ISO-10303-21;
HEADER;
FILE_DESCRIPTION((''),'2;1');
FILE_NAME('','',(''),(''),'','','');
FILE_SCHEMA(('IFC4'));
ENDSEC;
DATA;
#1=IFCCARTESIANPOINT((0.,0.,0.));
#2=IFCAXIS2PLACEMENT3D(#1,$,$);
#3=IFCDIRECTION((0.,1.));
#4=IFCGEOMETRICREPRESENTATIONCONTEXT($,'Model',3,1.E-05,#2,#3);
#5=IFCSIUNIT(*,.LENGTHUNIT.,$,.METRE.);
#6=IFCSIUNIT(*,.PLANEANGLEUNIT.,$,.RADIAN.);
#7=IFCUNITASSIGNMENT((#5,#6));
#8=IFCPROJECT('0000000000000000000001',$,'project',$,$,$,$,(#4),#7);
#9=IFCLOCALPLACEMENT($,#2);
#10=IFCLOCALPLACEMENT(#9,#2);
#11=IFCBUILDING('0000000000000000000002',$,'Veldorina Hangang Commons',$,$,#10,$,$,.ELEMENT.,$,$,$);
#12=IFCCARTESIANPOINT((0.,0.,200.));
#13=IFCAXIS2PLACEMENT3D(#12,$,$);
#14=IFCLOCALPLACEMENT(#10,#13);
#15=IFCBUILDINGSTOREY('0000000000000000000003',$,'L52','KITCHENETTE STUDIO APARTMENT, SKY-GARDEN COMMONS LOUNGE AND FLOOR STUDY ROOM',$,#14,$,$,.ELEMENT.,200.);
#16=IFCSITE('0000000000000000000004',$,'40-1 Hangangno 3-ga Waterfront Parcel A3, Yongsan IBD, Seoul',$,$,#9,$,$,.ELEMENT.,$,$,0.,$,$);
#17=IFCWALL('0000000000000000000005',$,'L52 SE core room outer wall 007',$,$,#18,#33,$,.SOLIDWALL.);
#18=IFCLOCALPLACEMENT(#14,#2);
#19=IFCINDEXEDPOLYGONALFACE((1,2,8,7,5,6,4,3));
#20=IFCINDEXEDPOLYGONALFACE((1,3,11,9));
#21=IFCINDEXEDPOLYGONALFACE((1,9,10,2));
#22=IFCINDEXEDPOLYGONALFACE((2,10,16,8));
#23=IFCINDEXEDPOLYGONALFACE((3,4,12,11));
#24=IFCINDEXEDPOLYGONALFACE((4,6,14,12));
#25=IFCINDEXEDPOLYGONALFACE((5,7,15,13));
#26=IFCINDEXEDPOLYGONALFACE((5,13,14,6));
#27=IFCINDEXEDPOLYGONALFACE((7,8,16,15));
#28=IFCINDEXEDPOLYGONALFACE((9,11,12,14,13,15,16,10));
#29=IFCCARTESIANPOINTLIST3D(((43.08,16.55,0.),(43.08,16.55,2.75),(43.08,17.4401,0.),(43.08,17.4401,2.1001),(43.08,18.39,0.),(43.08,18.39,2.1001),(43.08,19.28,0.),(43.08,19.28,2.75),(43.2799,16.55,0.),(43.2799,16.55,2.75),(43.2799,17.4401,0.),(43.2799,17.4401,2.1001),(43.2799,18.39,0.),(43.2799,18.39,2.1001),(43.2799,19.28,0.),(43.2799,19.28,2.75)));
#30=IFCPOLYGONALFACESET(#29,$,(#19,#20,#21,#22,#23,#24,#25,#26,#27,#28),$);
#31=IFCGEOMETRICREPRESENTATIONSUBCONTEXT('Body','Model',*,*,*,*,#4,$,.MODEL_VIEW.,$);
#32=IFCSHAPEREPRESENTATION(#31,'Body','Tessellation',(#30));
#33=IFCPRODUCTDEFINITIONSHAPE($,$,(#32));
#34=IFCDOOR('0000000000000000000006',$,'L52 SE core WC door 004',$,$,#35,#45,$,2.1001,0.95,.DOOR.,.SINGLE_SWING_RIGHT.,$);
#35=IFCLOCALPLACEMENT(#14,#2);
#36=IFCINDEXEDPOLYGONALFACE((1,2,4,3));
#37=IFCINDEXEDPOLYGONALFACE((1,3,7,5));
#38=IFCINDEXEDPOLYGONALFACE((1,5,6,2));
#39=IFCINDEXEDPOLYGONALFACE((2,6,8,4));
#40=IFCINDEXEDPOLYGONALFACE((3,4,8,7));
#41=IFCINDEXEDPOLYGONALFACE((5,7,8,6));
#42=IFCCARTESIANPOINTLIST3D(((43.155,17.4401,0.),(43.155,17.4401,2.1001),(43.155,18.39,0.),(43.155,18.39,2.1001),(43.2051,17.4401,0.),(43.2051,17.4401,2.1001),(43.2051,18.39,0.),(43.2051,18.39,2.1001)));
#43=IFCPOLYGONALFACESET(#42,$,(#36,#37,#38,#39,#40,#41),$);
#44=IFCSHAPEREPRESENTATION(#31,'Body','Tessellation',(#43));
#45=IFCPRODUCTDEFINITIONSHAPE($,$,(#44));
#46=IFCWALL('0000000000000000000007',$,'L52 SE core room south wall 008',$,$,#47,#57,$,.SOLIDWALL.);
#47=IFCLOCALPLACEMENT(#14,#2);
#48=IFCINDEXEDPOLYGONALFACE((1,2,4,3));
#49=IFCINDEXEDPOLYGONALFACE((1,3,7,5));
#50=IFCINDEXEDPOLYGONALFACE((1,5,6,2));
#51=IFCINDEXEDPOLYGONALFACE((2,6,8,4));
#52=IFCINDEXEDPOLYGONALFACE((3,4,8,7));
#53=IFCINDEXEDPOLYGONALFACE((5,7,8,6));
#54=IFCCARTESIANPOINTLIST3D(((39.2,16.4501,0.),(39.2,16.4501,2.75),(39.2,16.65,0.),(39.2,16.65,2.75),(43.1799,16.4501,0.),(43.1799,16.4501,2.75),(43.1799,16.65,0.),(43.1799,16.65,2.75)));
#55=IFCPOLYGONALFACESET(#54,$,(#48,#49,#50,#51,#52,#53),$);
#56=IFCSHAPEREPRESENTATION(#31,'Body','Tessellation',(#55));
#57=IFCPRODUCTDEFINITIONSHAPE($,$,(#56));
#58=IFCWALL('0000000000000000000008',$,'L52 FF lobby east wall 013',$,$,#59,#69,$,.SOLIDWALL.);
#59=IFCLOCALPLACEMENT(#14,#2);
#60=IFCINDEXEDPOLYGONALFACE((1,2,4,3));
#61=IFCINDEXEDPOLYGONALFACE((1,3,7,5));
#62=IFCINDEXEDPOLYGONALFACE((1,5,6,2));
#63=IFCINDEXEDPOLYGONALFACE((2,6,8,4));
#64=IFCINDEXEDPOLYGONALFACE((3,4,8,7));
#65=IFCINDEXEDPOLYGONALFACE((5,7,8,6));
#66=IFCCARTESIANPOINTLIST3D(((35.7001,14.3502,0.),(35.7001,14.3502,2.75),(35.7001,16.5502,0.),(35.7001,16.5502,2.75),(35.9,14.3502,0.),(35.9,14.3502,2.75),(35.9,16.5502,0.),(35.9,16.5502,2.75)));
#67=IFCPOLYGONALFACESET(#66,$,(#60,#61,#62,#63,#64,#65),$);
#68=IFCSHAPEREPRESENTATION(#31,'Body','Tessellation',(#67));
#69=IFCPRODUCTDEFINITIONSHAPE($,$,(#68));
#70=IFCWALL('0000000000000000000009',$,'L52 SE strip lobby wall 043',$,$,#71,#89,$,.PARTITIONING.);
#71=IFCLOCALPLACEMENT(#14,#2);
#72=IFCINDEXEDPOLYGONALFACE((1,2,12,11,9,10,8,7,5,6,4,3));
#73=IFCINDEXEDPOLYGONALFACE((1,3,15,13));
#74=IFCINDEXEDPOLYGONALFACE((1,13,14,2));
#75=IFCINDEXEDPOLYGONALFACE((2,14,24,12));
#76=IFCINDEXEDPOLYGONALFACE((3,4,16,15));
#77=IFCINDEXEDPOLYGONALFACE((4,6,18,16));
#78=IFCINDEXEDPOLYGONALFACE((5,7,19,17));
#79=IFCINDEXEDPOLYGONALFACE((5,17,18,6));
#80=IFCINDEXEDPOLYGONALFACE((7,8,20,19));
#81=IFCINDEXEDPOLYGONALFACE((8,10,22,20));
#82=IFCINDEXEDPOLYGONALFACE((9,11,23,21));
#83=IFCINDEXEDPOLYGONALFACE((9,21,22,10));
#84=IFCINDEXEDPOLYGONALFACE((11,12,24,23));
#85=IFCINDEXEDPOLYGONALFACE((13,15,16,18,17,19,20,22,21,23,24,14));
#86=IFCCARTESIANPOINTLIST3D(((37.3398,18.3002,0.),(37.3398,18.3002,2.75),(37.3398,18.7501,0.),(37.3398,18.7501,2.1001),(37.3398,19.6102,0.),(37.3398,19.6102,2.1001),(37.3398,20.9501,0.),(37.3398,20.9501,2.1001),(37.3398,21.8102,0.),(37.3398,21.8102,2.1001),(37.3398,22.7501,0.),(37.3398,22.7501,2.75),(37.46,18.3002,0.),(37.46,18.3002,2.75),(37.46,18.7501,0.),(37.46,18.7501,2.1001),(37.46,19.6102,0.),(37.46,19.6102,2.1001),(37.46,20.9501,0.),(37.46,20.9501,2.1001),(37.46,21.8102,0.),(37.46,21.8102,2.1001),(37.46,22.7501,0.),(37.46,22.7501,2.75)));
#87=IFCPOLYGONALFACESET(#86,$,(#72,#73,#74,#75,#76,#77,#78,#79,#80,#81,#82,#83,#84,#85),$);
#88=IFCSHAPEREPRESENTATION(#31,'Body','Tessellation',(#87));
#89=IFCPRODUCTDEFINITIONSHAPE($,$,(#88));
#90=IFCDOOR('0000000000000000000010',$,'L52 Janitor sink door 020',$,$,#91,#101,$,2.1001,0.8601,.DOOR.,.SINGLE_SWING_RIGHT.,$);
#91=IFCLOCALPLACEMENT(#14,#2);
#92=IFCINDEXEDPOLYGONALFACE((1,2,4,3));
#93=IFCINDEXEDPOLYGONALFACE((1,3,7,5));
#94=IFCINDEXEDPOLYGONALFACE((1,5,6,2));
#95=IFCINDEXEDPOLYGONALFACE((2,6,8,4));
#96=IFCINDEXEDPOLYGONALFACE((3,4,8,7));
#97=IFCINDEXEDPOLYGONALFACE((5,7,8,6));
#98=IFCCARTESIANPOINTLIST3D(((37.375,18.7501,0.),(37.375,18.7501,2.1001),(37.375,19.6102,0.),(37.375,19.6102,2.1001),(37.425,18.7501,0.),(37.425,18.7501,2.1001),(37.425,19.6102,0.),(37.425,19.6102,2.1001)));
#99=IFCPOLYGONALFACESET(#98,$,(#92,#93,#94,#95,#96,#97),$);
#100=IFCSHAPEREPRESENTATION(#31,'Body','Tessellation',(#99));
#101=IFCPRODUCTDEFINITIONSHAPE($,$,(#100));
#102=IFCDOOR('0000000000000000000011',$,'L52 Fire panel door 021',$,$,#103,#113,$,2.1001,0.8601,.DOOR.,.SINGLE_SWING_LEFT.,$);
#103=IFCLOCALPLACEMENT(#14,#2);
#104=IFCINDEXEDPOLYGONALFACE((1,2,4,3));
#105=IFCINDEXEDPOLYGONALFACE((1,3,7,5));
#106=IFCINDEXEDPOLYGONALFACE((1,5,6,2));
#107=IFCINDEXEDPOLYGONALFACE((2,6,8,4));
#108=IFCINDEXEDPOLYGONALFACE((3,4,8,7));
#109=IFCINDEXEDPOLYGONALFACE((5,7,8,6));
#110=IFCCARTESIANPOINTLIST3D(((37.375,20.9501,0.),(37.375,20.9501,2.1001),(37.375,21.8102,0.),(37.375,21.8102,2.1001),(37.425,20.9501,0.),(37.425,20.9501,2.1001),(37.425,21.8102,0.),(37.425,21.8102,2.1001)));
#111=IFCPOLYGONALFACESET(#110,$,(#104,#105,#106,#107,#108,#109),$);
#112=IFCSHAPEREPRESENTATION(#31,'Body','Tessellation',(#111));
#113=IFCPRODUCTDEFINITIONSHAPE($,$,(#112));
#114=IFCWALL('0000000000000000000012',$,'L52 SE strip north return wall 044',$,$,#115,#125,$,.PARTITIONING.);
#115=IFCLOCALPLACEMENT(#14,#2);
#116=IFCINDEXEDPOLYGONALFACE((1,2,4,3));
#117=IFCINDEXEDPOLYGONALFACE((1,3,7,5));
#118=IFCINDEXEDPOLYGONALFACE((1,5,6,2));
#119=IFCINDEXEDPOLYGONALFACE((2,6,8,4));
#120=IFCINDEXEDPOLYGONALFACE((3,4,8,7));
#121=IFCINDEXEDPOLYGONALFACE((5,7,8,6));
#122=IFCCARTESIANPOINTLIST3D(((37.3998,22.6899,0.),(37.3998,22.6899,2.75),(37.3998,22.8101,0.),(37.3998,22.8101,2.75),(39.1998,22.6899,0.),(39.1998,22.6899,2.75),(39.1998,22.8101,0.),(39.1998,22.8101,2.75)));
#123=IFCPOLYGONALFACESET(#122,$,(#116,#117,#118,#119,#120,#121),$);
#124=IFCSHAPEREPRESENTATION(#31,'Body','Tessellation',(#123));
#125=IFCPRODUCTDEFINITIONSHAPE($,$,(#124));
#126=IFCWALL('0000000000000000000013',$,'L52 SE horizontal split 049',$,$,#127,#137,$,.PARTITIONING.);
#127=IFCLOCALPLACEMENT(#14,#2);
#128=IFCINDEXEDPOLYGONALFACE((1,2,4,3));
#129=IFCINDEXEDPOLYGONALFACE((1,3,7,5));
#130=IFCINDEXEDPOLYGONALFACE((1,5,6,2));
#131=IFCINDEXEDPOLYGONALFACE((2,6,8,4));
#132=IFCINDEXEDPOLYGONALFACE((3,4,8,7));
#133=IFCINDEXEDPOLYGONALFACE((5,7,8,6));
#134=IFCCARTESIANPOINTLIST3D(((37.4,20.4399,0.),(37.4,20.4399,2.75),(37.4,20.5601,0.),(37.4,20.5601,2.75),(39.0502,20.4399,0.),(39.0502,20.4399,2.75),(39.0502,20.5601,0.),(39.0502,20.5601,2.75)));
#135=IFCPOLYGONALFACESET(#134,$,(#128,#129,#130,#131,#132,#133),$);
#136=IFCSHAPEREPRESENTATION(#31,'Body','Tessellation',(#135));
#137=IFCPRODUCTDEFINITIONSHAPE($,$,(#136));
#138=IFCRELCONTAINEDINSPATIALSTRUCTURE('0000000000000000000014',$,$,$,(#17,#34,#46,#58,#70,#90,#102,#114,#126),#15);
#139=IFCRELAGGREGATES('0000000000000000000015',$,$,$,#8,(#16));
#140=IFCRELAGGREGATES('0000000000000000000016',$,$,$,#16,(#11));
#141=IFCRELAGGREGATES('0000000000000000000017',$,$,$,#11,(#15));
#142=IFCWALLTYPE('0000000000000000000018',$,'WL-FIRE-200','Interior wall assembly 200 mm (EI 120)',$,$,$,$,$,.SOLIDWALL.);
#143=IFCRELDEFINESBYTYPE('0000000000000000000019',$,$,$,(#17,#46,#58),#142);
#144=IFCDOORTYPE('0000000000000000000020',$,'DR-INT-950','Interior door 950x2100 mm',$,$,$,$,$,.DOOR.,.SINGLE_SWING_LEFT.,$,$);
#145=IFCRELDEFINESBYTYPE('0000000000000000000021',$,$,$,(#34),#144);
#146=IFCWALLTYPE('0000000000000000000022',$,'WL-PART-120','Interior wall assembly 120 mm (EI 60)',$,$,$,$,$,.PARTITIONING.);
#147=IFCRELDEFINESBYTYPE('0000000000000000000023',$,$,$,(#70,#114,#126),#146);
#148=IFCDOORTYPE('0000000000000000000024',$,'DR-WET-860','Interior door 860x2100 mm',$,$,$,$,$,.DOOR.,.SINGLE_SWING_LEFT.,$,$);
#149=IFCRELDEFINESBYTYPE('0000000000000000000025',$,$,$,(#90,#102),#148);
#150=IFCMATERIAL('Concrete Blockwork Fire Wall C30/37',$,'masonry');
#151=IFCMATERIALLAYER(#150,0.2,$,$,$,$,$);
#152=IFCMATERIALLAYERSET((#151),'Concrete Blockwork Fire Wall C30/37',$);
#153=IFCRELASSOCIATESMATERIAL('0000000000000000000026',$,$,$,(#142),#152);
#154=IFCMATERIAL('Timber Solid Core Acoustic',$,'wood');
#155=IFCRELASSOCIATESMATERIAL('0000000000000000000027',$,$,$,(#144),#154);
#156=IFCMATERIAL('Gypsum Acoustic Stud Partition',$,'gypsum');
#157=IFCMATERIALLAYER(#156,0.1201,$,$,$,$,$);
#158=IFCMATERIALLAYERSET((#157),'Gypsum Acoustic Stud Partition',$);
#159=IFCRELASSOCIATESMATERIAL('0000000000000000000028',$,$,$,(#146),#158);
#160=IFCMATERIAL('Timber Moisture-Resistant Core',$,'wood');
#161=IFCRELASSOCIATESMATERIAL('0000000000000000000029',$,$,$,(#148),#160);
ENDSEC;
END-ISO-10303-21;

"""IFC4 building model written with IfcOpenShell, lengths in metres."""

from ifc_helpers import new_model, si_unit, direction, frame, frame_2d, origin, place, context, subcontext, project, spatial, rectangle, extrude, material, layer, layer_set, type_object, element, fill, save


model = new_model("IFC4")

# Units and contexts
model_context = context("Model", 3, precision=1e-05, world=origin(), true_north=direction((0.0, 1.0)))
body_context = subcontext(model_context, "Body", "Model", "MODEL_VIEW")
ifc_project = project(units=[si_unit("LENGTHUNIT", "METRE"), si_unit("PLANEANGLEUNIT", "RADIAN")], contexts=[model_context])

# Site, building, storey
site_placement = place(None, origin())
site = spatial("IfcSite", under=ifc_project, at=site_placement, Name="40-1 Hangangno 3-ga Waterfront Parcel A3, Yongsan IBD, Seoul", CompositionType="ELEMENT", RefElevation=0.0)
building_placement = place(site_placement, origin())
building = spatial("IfcBuilding", under=site, at=building_placement, Name="Veldorina Hangang Commons", CompositionType="ELEMENT")
storey_placement = place(building_placement, frame((0.0, 0.0, 200.0)))
storey = spatial("IfcBuildingStorey", under=building, at=storey_placement, Name="L52", Description="KITCHENETTE STUDIO APARTMENT, SKY-GARDEN COMMONS LOUNGE AND FLOOR STUDY ROOM", CompositionType="ELEMENT", Elevation=200.0)

# Wall, opening, door
ifc_material_1 = material(Name="Concrete Blockwork Fire Wall C30/37", Category="masonry")
ifc_layer_1 = layer(ifc_material_1, 0.2)
ifc_layer_set_1 = layer_set([ifc_layer_1], Name="Concrete Blockwork Fire Wall C30/37")
wall_type_1 = type_object("IfcWallType", Name="WL-FIRE-200", Description="Interior wall assembly 200 mm (EI 120)", PredefinedType="SOLIDWALL", material=ifc_layer_set_1)
wall_1_placement = place(storey_placement, frame((43.1799, 16.55, 0.0), z_axis=(0.0, 0.0, 1.0), x_axis=(0.0, 1.0, 0.0)))
wall_1 = element("IfcWall", 1, at=wall_1_placement, inside=storey, type_object=wall_type_1, Name="L52 SE core room outer wall 007", PredefinedType="SOLIDWALL", context=body_context, shape_type="SweptSolid", body=[
    extrude(rectangle(XDim=2.73, YDim=0.2, at=frame_2d((1.365, 0.0))), origin(), (0.0, 0.0, 1.0), 2.75),
])
opening_1_placement = place(wall_1_placement, frame((0.8899, 0.0, 0.0)))
opening_1 = element("IfcOpeningElement", 2, at=opening_1_placement, cuts=wall_1, PredefinedType="OPENING", context=body_context, shape_type="SweptSolid", body=[
    extrude(rectangle(XDim=0.95, YDim=2.1001, at=frame_2d((0.4751, 1.05))), frame((0.0, 0.1099, 0.0), z_axis=(0.0, -1.0, 0.0), x_axis=(1.0, 0.0, 0.0)), (0.0, 0.0, 1.0), 0.22),
])
ifc_material_2 = material(Name="Timber Solid Core Acoustic", Category="wood")
door_type_1 = type_object("IfcDoorType", Name="DR-INT-950", Description="Interior door 950x2100 mm", OperationType="SINGLE_SWING_LEFT", PredefinedType="DOOR", material=ifc_material_2)
door_1_placement = place(opening_1_placement, origin())
door_1 = element("IfcDoor", 3, at=door_1_placement, inside=storey, type_object=door_type_1, Name="L52 SE core WC door 004", OperationType="SINGLE_SWING_RIGHT", OverallHeight=2.1001, OverallWidth=0.95, PredefinedType="DOOR", context=body_context, shape_type="SweptSolid", body=[
    extrude(rectangle(XDim=0.95, YDim=2.1001, at=frame_2d((0.4751, 1.05))), frame((0.0, 0.0249, 0.0), z_axis=(0.0, -1.0, 0.0), x_axis=(1.0, 0.0, 0.0)), (0.0, 0.0, 1.0), 0.05),
])
fill(opening_1, door_1)

# Walls
wall_2_placement = place(storey_placement, frame((39.2, 16.55, 0.0), z_axis=(0.0, 0.0, 1.0), x_axis=(1.0, 0.0, 0.0)))
element("IfcWall", 4, at=wall_2_placement, inside=storey, type_object=wall_type_1, Name="L52 SE core room south wall 008", PredefinedType="SOLIDWALL", context=body_context, shape_type="SweptSolid", body=[
    extrude(rectangle(XDim=3.98, YDim=0.2, at=frame_2d((1.99, 0.0))), origin(), (0.0, 0.0, 1.0), 2.75),
])
wall_3_placement = place(storey_placement, frame((35.8, 14.3501, 0.0), z_axis=(0.0, 0.0, 1.0), x_axis=(0.0, 1.0, 0.0)))
element("IfcWall", 5, at=wall_3_placement, inside=storey, type_object=wall_type_1, Name="L52 FF lobby east wall 013", PredefinedType="SOLIDWALL", context=body_context, shape_type="SweptSolid", body=[
    extrude(rectangle(XDim=2.2, YDim=0.2, at=frame_2d((1.1001, 0.0))), origin(), (0.0, 0.0, 1.0), 2.75),
])

# Wall, openings, doors
ifc_material_3 = material(Name="Gypsum Acoustic Stud Partition", Category="gypsum")
ifc_layer_2 = layer(ifc_material_3, 0.1201)
ifc_layer_set_2 = layer_set([ifc_layer_2], Name="Gypsum Acoustic Stud Partition")
wall_type_2 = type_object("IfcWallType", Name="WL-PART-120", Description="Interior wall assembly 120 mm (EI 60)", PredefinedType="PARTITIONING", material=ifc_layer_set_2)
wall_4_placement = place(storey_placement, frame((37.3999, 18.3, 0.0), z_axis=(0.0, 0.0, 1.0), x_axis=(0.0, 1.0, 0.0)))
wall_4 = element("IfcWall", 6, at=wall_4_placement, inside=storey, type_object=wall_type_2, Name="L52 SE strip lobby wall 043", PredefinedType="PARTITIONING", context=body_context, shape_type="SweptSolid", body=[
    extrude(rectangle(XDim=4.45, YDim=0.1201, at=frame_2d((2.2251, 0.0))), origin(), (0.0, 0.0, 1.0), 2.75),
])
opening_2_placement = place(wall_4_placement, frame((0.45, 0.0, 0.0)))
opening_2 = element("IfcOpeningElement", 7, at=opening_2_placement, cuts=wall_4, PredefinedType="OPENING", context=body_context, shape_type="SweptSolid", body=[
    extrude(rectangle(XDim=0.8601, YDim=2.1001, at=frame_2d((0.4302, 1.05))), frame((0.0, 0.0701, 0.0), z_axis=(0.0, -1.0, 0.0), x_axis=(1.0, 0.0, 0.0)), (0.0, 0.0, 1.0), 0.1401),
])
opening_3_placement = place(wall_4_placement, frame((2.6499, 0.0, 0.0)))
opening_3 = element("IfcOpeningElement", 8, at=opening_3_placement, cuts=wall_4, PredefinedType="OPENING", context=body_context, shape_type="SweptSolid", body=[
    extrude(rectangle(XDim=0.8601, YDim=2.1001, at=frame_2d((0.4302, 1.05))), frame((0.0, 0.0701, 0.0), z_axis=(0.0, -1.0, 0.0), x_axis=(1.0, 0.0, 0.0)), (0.0, 0.0, 1.0), 0.1401),
])
ifc_material_4 = material(Name="Timber Moisture-Resistant Core", Category="wood")
door_type_2 = type_object("IfcDoorType", Name="DR-WET-860", Description="Interior door 860x2100 mm", OperationType="SINGLE_SWING_LEFT", PredefinedType="DOOR", material=ifc_material_4)
door_2_placement = place(opening_2_placement, origin())
door_2 = element("IfcDoor", 9, at=door_2_placement, inside=storey, type_object=door_type_2, Name="L52 Janitor sink door 020", OperationType="SINGLE_SWING_RIGHT", OverallHeight=2.1001, OverallWidth=0.8601, PredefinedType="DOOR", context=body_context, shape_type="SweptSolid", body=[
    extrude(rectangle(XDim=0.8601, YDim=2.1001, at=frame_2d((0.4302, 1.05))), frame((0.0, 0.0249, 0.0), z_axis=(0.0, -1.0, 0.0), x_axis=(1.0, 0.0, 0.0)), (0.0, 0.0, 1.0), 0.05),
])
fill(opening_2, door_2)
door_3_placement = place(opening_3_placement, origin())
door_3 = element("IfcDoor", 10, at=door_3_placement, inside=storey, type_object=door_type_2, Name="L52 Fire panel door 021", OperationType="SINGLE_SWING_LEFT", OverallHeight=2.1001, OverallWidth=0.8601, PredefinedType="DOOR", context=body_context, shape_type="SweptSolid", body=[
    extrude(rectangle(XDim=0.8601, YDim=2.1001, at=frame_2d((0.4302, 1.05))), frame((0.0, 0.0249, 0.0), z_axis=(0.0, -1.0, 0.0), x_axis=(1.0, 0.0, 0.0)), (0.0, 0.0, 1.0), 0.05),
])
fill(opening_3, door_3)

# Walls
wall_5_placement = place(storey_placement, frame((37.3999, 22.75, 0.0), z_axis=(0.0, 0.0, 1.0), x_axis=(1.0, 0.0, 0.0)))
element("IfcWall", 11, at=wall_5_placement, inside=storey, type_object=wall_type_2, Name="L52 SE strip north return wall 044", PredefinedType="PARTITIONING", context=body_context, shape_type="SweptSolid", body=[
    extrude(rectangle(XDim=1.8, YDim=0.1201, at=frame_2d((0.8999, 0.0))), origin(), (0.0, 0.0, 1.0), 2.75),
])
wall_6_placement = place(storey_placement, frame((37.3999, 20.5, 0.0), z_axis=(0.0, 0.0, 1.0), x_axis=(1.0, 0.0, 0.0)))
element("IfcWall", 12, at=wall_6_placement, inside=storey, type_object=wall_type_2, Name="L52 SE horizontal split 049", PredefinedType="PARTITIONING", context=body_context, shape_type="SweptSolid", body=[
    extrude(rectangle(XDim=1.6501, YDim=0.1201, at=frame_2d((0.8252, 0.0))), origin(), (0.0, 0.0, 1.0), 2.75),
])

save(model, "model.ifc")
